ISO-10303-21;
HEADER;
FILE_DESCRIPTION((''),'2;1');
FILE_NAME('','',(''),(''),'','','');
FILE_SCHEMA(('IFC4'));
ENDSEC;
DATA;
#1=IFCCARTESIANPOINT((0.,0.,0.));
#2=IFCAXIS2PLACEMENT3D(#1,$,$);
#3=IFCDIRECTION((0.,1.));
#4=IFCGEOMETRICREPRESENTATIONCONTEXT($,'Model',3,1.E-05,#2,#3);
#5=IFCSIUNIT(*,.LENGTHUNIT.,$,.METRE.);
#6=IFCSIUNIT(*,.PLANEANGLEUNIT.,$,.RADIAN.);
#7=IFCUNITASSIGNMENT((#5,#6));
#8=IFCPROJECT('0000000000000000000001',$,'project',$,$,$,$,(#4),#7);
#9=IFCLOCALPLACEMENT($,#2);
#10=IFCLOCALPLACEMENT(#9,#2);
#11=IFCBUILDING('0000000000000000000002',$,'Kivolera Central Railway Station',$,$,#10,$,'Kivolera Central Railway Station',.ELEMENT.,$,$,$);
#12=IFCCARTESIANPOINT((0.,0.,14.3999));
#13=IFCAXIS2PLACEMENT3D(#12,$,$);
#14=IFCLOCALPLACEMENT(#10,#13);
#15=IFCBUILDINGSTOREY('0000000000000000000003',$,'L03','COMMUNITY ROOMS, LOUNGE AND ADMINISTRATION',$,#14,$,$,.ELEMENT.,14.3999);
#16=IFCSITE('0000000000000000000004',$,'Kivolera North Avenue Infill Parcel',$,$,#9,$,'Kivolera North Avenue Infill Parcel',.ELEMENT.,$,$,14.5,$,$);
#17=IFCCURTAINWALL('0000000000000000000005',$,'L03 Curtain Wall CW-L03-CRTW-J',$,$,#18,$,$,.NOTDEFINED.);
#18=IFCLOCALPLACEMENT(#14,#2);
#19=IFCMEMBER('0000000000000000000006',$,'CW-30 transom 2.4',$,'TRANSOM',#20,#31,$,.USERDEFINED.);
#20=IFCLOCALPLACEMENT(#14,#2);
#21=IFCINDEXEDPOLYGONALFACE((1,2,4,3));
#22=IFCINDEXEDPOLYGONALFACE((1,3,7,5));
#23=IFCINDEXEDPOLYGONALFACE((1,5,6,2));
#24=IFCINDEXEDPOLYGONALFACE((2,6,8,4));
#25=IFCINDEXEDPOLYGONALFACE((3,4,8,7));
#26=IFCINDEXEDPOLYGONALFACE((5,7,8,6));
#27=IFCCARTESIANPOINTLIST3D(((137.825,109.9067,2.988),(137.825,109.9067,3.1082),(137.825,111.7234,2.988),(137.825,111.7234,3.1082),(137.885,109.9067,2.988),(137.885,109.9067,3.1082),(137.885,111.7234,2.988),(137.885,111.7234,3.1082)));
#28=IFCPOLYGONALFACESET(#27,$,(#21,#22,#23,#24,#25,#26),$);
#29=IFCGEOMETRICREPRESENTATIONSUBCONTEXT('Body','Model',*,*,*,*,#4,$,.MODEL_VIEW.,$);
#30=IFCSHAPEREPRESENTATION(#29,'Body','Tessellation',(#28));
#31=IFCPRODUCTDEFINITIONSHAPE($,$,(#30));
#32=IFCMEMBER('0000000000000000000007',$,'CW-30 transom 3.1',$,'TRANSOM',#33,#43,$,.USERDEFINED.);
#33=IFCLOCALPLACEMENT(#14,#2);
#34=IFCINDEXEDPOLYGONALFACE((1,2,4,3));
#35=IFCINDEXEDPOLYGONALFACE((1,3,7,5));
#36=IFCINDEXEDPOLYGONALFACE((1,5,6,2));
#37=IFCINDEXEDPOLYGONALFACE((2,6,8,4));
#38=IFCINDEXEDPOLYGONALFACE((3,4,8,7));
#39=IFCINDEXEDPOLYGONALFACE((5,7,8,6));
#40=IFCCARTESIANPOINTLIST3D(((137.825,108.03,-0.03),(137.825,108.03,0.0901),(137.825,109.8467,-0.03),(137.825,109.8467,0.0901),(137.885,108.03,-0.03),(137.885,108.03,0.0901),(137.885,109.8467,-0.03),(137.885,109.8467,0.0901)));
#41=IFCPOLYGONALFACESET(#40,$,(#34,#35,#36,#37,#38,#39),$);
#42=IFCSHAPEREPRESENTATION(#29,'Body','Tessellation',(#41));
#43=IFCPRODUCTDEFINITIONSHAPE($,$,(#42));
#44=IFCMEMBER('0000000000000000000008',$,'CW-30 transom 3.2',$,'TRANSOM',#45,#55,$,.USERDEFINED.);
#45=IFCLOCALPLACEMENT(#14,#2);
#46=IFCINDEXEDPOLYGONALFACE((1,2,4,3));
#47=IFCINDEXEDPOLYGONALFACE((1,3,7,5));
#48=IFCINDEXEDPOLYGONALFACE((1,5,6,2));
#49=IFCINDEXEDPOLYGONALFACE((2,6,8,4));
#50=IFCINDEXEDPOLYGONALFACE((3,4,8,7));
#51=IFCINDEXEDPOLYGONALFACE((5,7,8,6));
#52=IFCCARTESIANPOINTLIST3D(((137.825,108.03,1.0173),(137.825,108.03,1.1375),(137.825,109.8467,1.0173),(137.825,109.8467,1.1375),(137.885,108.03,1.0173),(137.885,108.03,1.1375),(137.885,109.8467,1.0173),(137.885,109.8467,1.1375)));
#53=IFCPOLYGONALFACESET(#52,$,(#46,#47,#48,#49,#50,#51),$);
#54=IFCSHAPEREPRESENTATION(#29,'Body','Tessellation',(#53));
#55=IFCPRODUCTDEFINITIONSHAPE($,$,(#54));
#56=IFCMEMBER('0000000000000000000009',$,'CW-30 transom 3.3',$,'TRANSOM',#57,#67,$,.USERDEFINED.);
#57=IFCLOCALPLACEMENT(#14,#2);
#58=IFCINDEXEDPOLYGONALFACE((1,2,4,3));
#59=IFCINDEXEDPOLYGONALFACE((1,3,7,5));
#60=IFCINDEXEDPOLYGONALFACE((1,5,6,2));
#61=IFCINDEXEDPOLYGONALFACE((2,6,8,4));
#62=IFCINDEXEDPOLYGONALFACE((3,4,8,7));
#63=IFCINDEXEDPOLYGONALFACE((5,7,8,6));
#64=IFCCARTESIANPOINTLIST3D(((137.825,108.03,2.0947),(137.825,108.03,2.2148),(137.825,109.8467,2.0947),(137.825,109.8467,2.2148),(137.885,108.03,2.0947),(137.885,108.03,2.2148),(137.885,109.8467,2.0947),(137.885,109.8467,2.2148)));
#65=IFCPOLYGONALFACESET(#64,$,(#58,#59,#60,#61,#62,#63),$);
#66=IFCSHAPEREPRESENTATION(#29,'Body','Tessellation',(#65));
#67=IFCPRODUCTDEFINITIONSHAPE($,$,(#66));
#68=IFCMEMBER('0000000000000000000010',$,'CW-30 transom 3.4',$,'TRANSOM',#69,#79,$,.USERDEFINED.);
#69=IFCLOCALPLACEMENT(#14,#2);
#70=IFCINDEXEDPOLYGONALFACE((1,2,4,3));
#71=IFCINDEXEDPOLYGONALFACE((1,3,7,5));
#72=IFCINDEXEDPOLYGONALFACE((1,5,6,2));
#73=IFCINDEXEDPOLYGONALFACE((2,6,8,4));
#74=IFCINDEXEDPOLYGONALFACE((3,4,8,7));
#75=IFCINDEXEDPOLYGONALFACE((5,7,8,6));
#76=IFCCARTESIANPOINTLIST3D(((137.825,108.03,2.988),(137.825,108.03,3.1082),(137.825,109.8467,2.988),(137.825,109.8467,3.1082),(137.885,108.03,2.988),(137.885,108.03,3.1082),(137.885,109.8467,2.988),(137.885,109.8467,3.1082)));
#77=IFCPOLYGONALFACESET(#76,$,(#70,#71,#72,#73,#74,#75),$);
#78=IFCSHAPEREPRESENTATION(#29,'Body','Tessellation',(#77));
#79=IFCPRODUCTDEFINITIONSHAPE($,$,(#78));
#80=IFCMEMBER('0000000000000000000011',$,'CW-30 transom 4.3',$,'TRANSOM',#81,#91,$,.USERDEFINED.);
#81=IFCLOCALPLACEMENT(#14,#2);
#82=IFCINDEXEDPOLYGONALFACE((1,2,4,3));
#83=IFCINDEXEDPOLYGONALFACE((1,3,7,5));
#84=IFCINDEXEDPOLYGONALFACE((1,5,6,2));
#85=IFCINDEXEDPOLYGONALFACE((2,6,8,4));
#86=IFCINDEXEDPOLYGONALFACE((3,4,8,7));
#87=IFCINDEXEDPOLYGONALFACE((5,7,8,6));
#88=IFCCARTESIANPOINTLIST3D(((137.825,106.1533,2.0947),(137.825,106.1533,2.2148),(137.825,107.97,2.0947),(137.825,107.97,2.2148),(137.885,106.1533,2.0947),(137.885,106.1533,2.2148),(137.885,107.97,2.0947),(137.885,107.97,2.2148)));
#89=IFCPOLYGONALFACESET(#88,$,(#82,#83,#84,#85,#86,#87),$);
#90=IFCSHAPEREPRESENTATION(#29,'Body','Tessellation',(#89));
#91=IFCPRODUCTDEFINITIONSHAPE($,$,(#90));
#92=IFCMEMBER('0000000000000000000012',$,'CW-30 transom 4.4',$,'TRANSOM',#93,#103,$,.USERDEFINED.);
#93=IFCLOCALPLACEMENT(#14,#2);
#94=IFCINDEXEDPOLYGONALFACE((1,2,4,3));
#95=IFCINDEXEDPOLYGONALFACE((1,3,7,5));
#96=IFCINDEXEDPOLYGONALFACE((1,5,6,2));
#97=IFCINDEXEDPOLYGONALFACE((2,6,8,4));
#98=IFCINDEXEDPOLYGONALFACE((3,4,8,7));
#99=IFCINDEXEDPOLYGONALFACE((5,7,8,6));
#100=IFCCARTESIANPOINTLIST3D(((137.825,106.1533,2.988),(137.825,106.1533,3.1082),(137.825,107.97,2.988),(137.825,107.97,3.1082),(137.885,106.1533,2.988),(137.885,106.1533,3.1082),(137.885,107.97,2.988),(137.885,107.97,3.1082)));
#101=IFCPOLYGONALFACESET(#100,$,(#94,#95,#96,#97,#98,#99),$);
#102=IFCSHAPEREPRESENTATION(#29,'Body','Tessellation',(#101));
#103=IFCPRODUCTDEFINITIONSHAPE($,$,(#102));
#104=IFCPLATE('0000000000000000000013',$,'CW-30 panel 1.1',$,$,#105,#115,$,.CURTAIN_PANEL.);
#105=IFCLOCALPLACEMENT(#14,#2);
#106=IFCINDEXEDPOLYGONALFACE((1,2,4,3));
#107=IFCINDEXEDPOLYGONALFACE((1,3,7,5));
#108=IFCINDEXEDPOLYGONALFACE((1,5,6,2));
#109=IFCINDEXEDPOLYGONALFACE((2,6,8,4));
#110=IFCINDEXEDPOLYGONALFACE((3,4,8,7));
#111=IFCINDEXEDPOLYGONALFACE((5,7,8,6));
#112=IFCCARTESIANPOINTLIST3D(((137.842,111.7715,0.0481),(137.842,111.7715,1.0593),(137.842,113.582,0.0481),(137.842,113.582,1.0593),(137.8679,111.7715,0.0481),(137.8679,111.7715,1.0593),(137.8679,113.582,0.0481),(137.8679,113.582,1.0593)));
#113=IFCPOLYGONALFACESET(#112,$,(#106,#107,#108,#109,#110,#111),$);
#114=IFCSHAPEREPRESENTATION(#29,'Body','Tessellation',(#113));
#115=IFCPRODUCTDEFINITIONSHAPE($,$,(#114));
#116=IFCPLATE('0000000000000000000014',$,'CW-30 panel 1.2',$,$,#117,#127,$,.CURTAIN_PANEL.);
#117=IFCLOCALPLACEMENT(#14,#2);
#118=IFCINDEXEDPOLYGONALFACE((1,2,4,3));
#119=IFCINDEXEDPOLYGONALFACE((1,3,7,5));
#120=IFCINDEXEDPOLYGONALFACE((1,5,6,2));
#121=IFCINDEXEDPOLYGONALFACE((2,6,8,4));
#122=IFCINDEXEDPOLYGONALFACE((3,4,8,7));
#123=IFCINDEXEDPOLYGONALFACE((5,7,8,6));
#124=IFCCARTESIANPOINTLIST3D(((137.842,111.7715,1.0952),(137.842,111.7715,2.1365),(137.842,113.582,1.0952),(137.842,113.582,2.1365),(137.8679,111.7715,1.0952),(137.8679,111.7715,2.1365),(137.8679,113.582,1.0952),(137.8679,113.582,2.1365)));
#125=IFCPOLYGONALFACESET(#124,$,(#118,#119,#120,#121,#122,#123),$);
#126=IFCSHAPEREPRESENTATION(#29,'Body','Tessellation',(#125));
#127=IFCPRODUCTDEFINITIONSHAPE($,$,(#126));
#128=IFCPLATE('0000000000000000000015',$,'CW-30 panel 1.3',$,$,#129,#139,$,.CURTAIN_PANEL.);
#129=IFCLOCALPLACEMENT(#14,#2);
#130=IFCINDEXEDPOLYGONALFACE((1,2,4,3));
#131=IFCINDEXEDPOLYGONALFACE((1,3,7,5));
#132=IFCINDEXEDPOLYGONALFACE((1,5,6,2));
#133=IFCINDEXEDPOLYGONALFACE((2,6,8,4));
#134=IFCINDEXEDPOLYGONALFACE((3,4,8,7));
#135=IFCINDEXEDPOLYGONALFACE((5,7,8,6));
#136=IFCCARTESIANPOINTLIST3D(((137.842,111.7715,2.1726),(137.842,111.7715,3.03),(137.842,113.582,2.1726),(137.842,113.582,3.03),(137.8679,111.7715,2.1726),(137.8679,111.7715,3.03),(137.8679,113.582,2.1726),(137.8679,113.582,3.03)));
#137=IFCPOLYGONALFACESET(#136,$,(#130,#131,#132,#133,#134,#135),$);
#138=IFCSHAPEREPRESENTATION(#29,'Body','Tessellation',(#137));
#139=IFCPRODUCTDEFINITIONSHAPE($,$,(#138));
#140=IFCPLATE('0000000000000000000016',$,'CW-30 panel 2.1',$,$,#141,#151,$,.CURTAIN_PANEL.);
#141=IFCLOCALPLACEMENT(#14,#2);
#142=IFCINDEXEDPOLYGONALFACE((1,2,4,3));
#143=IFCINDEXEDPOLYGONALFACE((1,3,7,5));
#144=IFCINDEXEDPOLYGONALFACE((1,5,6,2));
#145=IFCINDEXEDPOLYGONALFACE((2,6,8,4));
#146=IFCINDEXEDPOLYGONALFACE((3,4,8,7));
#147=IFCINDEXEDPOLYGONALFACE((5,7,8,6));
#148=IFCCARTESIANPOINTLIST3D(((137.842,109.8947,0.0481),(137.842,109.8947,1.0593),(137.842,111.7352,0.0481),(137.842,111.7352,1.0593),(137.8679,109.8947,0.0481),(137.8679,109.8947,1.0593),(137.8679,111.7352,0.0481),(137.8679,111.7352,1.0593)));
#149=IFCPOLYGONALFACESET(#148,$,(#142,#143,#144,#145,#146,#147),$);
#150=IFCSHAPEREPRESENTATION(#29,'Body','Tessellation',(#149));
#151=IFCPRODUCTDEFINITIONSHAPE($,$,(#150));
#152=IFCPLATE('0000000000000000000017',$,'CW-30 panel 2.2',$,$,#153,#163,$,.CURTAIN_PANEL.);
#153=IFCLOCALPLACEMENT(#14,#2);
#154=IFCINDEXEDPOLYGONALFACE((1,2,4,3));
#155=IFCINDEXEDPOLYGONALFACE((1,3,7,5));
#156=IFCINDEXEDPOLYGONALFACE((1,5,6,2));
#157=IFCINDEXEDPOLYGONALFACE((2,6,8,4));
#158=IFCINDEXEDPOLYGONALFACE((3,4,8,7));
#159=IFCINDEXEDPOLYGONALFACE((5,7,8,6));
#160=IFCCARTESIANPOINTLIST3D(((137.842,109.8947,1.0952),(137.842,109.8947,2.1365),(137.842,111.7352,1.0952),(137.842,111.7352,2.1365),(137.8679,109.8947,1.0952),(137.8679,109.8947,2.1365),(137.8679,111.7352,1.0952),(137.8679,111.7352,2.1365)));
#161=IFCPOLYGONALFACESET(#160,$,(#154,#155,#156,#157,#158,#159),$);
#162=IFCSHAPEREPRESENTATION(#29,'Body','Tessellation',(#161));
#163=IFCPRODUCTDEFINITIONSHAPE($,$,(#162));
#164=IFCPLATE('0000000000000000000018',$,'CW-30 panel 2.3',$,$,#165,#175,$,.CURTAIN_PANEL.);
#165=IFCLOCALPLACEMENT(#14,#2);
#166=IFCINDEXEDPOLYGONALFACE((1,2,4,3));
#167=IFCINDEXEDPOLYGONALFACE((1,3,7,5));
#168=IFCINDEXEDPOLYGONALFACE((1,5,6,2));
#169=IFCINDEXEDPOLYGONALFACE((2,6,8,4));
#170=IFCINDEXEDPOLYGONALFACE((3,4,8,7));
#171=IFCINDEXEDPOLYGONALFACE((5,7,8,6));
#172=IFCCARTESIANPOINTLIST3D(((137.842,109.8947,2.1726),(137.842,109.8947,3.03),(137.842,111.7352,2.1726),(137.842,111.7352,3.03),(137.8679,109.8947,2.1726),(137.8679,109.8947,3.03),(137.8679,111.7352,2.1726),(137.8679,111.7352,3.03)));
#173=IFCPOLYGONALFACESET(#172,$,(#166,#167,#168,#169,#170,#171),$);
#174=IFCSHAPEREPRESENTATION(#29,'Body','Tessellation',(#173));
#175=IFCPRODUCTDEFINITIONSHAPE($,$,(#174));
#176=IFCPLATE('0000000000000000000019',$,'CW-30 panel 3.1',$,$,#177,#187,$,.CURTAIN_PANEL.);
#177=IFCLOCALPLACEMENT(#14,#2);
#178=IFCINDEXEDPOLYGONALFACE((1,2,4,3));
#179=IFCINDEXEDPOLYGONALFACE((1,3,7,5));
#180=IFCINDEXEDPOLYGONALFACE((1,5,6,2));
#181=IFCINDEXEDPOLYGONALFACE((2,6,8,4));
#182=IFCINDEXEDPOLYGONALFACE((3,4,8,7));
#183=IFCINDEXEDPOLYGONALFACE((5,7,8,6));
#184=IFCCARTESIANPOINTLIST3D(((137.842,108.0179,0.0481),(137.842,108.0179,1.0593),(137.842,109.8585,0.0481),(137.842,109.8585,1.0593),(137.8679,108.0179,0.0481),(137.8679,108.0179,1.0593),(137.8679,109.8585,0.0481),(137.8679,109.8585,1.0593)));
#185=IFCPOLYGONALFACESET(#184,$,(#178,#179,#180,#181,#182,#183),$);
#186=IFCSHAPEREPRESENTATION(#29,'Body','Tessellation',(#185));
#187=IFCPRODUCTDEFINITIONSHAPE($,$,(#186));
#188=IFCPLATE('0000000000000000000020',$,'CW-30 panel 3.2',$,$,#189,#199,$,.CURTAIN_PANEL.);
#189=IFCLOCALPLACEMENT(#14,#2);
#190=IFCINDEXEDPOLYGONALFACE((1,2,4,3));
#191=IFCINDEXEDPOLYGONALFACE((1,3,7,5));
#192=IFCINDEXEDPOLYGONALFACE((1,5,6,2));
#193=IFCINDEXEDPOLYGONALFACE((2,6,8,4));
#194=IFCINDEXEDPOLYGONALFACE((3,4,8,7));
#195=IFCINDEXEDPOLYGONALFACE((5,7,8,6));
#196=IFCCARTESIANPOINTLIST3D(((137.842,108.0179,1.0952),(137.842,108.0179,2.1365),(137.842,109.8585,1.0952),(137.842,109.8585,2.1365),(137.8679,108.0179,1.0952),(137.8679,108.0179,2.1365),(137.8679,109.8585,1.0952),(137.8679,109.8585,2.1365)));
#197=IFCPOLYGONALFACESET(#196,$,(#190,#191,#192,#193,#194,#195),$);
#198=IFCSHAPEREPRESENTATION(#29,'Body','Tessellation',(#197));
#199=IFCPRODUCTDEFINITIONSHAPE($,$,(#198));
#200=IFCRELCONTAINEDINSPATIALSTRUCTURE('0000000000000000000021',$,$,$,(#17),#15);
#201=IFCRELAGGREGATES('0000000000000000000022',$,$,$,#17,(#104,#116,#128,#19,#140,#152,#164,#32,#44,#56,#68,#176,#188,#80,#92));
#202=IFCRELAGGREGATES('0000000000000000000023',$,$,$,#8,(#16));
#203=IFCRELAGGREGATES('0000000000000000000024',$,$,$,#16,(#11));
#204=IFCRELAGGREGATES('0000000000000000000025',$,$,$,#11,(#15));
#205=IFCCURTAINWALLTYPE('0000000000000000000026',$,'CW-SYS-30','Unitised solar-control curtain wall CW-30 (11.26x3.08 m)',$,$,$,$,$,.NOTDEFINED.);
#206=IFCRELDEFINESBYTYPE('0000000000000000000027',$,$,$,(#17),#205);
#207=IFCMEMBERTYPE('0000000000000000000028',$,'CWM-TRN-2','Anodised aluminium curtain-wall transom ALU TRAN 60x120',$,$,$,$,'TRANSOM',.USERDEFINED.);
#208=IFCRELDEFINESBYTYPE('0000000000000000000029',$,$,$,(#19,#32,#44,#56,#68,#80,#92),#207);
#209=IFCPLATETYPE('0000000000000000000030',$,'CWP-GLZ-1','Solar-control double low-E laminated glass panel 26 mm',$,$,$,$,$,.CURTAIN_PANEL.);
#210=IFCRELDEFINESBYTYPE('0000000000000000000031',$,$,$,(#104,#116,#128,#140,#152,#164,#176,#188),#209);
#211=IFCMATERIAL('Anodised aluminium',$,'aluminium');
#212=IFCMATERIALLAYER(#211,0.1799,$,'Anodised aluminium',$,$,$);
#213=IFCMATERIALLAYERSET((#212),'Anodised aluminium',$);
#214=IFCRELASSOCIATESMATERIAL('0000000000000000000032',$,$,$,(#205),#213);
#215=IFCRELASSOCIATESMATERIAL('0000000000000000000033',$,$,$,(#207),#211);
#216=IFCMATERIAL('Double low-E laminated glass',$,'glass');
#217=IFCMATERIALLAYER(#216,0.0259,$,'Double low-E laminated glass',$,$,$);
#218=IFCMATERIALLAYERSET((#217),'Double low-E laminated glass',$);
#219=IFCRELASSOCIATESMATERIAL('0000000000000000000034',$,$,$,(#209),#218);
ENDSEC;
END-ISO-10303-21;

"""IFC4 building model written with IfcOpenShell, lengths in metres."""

from ifc_helpers import new_model, si_unit, direction, frame, origin, origin_2d, place, context, subcontext, project, spatial, rectangle, extrude, material, layer, layer_set, material_profile, profile_set, type_object, element, aggregate, save


model = new_model("IFC4")

# Units and contexts
model_context = context("Model", 3, precision=1e-05, world=origin(), true_north=direction((0.0, 1.0)))
body_context = subcontext(model_context, "Body", "Model", "MODEL_VIEW")
ifc_project = project(units=[si_unit("LENGTHUNIT", "METRE"), si_unit("PLANEANGLEUNIT", "RADIAN")], contexts=[model_context])

# Site, building, storey
site_placement = place(None, origin())
site = spatial("IfcSite", under=ifc_project, at=site_placement, Name="Kivolera North Avenue Infill Parcel", LongName="Kivolera North Avenue Infill Parcel", CompositionType="ELEMENT", RefElevation=14.5)
building_placement = place(site_placement, origin())
building = spatial("IfcBuilding", under=site, at=building_placement, Name="Kivolera Central Railway Station", LongName="Kivolera Central Railway Station", CompositionType="ELEMENT")
storey_placement = place(building_placement, frame((0.0, 0.0, 14.3999)))
storey = spatial("IfcBuildingStorey", under=building, at=storey_placement, Name="L03", Description="COMMUNITY ROOMS, LOUNGE AND ADMINISTRATION", CompositionType="ELEMENT", Elevation=14.3999)

# Shared definitions
ifc_material_1 = material(Name="Anodised aluminium", Category="aluminium")

# Curtain wall, members, plates
ifc_layer_1 = layer(ifc_material_1, 0.1799, Name="Anodised aluminium")
ifc_layer_set_1 = layer_set([ifc_layer_1], Name="Anodised aluminium")
curtain_wall_type_1 = type_object("IfcCurtainWallType", Name="CW-SYS-30", Description="Unitised solar-control curtain wall CW-30 (11.26x3.08 m)", PredefinedType="NOTDEFINED", material=ifc_layer_set_1)
curtain_wall_1_placement = place(storey_placement, origin())
curtain_wall_1 = element("IfcCurtainWall", 1, at=curtain_wall_1_placement, inside=storey, type_object=curtain_wall_type_1, Name="L03 Curtain Wall CW-L03-CRTW-J", PredefinedType="NOTDEFINED")
ifc_material_profile_1 = material_profile(ifc_material_1, rectangle(XDim=0.0601, YDim=0.1201, at=origin_2d()), Name="ALU TRAN 60x120")
ifc_profile_set_1 = profile_set([ifc_material_profile_1], Name="Anodised aluminium")
member_type_1 = type_object("IfcMemberType", Name="CWM-TRN-2", Description="Anodised aluminium curtain-wall transom ALU TRAN 60x120", ElementType="TRANSOM", PredefinedType="USERDEFINED", material=ifc_profile_set_1)
member_1_placement = place(storey_placement, frame((137.855, 111.7234, 3.0481), z_axis=(0.0, -1.0, 0.0), x_axis=(1.0, 0.0, 0.0)))
member_1 = element("IfcMember", 2, at=member_1_placement, type_object=member_type_1, Name="CW-30 transom 2.4", ObjectType="TRANSOM", PredefinedType="USERDEFINED", context=body_context, shape_type="SweptSolid", body=[
    extrude(rectangle(XDim=0.0601, YDim=0.1201, at=origin_2d()), origin(), (0.0, 0.0, 1.0), 1.8167),
])
member_2_placement = place(storey_placement, frame((137.855, 109.8467, 0.03), z_axis=(0.0, -1.0, 0.0), x_axis=(1.0, 0.0, 0.0)))
member_2 = element("IfcMember", 3, at=member_2_placement, type_object=member_type_1, Name="CW-30 transom 3.1", ObjectType="TRANSOM", PredefinedType="USERDEFINED", context=body_context, shape_type="SweptSolid", body=[
    extrude(rectangle(XDim=0.0601, YDim=0.1201, at=origin_2d()), origin(), (0.0, 0.0, 1.0), 1.8167),
])
member_3_placement = place(storey_placement, frame((137.855, 109.8467, 1.0774), z_axis=(0.0, -1.0, 0.0), x_axis=(1.0, 0.0, 0.0)))
member_3 = element("IfcMember", 4, at=member_3_placement, type_object=member_type_1, Name="CW-30 transom 3.2", ObjectType="TRANSOM", PredefinedType="USERDEFINED", context=body_context, shape_type="SweptSolid", body=[
    extrude(rectangle(XDim=0.0601, YDim=0.1201, at=origin_2d()), origin(), (0.0, 0.0, 1.0), 1.8167),
])
member_4_placement = place(storey_placement, frame((137.855, 109.8467, 2.1548), z_axis=(0.0, -1.0, 0.0), x_axis=(1.0, 0.0, 0.0)))
member_4 = element("IfcMember", 5, at=member_4_placement, type_object=member_type_1, Name="CW-30 transom 3.3", ObjectType="TRANSOM", PredefinedType="USERDEFINED", context=body_context, shape_type="SweptSolid", body=[
    extrude(rectangle(XDim=0.0601, YDim=0.1201, at=origin_2d()), origin(), (0.0, 0.0, 1.0), 1.8167),
])
member_5_placement = place(storey_placement, frame((137.855, 109.8467, 3.0481), z_axis=(0.0, -1.0, 0.0), x_axis=(1.0, 0.0, 0.0)))
member_5 = element("IfcMember", 6, at=member_5_placement, type_object=member_type_1, Name="CW-30 transom 3.4", ObjectType="TRANSOM", PredefinedType="USERDEFINED", context=body_context, shape_type="SweptSolid", body=[
    extrude(rectangle(XDim=0.0601, YDim=0.1201, at=origin_2d()), origin(), (0.0, 0.0, 1.0), 1.8167),
])
member_6_placement = place(storey_placement, frame((137.855, 107.97, 2.1548), z_axis=(0.0, -1.0, 0.0), x_axis=(1.0, 0.0, 0.0)))
member_6 = element("IfcMember", 7, at=member_6_placement, type_object=member_type_1, Name="CW-30 transom 4.3", ObjectType="TRANSOM", PredefinedType="USERDEFINED", context=body_context, shape_type="SweptSolid", body=[
    extrude(rectangle(XDim=0.0601, YDim=0.1201, at=origin_2d()), origin(), (0.0, 0.0, 1.0), 1.8167),
])
member_7_placement = place(storey_placement, frame((137.855, 107.97, 3.0481), z_axis=(0.0, -1.0, 0.0), x_axis=(1.0, 0.0, 0.0)))
member_7 = element("IfcMember", 8, at=member_7_placement, type_object=member_type_1, Name="CW-30 transom 4.4", ObjectType="TRANSOM", PredefinedType="USERDEFINED", context=body_context, shape_type="SweptSolid", body=[
    extrude(rectangle(XDim=0.0601, YDim=0.1201, at=origin_2d()), origin(), (0.0, 0.0, 1.0), 1.8167),
])
ifc_material_2 = material(Name="Double low-E laminated glass", Category="glass")
ifc_layer_2 = layer(ifc_material_2, 0.0259, Name="Double low-E laminated glass")
ifc_layer_set_2 = layer_set([ifc_layer_2], Name="Double low-E laminated glass")
plate_type_1 = type_object("IfcPlateType", Name="CWP-GLZ-1", Description="Solar-control double low-E laminated glass panel 26 mm", PredefinedType="CURTAIN_PANEL", material=ifc_layer_set_2)
plate_1_placement = place(storey_placement, frame((137.855, 112.6768, 0.0481), z_axis=(0.0, 0.0, 1.0), x_axis=(0.0, -1.0, 0.0)))
plate_1 = element("IfcPlate", 9, at=plate_1_placement, type_object=plate_type_1, Name="CW-30 panel 1.1", PredefinedType="CURTAIN_PANEL", context=body_context, shape_type="SweptSolid", body=[
    extrude(rectangle(XDim=1.8105, YDim=0.0259, at=origin_2d()), origin(), (0.0, 0.0, 1.0), 1.0112),
])
plate_2_placement = place(storey_placement, frame((137.855, 112.6768, 1.0952), z_axis=(0.0, 0.0, 1.0), x_axis=(0.0, -1.0, 0.0)))
plate_2 = element("IfcPlate", 10, at=plate_2_placement, type_object=plate_type_1, Name="CW-30 panel 1.2", PredefinedType="CURTAIN_PANEL", context=body_context, shape_type="SweptSolid", body=[
    extrude(rectangle(XDim=1.8105, YDim=0.0259, at=origin_2d()), origin(), (0.0, 0.0, 1.0), 1.0413),
])
plate_3_placement = place(storey_placement, frame((137.855, 112.6768, 2.1726), z_axis=(0.0, 0.0, 1.0), x_axis=(0.0, -1.0, 0.0)))
plate_3 = element("IfcPlate", 11, at=plate_3_placement, type_object=plate_type_1, Name="CW-30 panel 1.3", PredefinedType="CURTAIN_PANEL", context=body_context, shape_type="SweptSolid", body=[
    extrude(rectangle(XDim=1.8105, YDim=0.0259, at=origin_2d()), origin(), (0.0, 0.0, 1.0), 0.8574),
])
plate_4_placement = place(storey_placement, frame((137.855, 110.8149, 0.0481), z_axis=(0.0, 0.0, 1.0), x_axis=(0.0, -1.0, 0.0)))
plate_4 = element("IfcPlate", 12, at=plate_4_placement, type_object=plate_type_1, Name="CW-30 panel 2.1", PredefinedType="CURTAIN_PANEL", context=body_context, shape_type="SweptSolid", body=[
    extrude(rectangle(XDim=1.8406, YDim=0.0259, at=origin_2d()), origin(), (0.0, 0.0, 1.0), 1.0112),
])
plate_5_placement = place(storey_placement, frame((137.855, 110.8149, 1.0952), z_axis=(0.0, 0.0, 1.0), x_axis=(0.0, -1.0, 0.0)))
plate_5 = element("IfcPlate", 13, at=plate_5_placement, type_object=plate_type_1, Name="CW-30 panel 2.2", PredefinedType="CURTAIN_PANEL", context=body_context, shape_type="SweptSolid", body=[
    extrude(rectangle(XDim=1.8406, YDim=0.0259, at=origin_2d()), origin(), (0.0, 0.0, 1.0), 1.0413),
])
plate_6_placement = place(storey_placement, frame((137.855, 110.8149, 2.1726), z_axis=(0.0, 0.0, 1.0), x_axis=(0.0, -1.0, 0.0)))
plate_6 = element("IfcPlate", 14, at=plate_6_placement, type_object=plate_type_1, Name="CW-30 panel 2.3", PredefinedType="CURTAIN_PANEL", context=body_context, shape_type="SweptSolid", body=[
    extrude(rectangle(XDim=1.8406, YDim=0.0259, at=origin_2d()), origin(), (0.0, 0.0, 1.0), 0.8574),
])
plate_7_placement = place(storey_placement, frame((137.855, 108.9382, 0.0481), z_axis=(0.0, 0.0, 1.0), x_axis=(0.0, -1.0, 0.0)))
plate_7 = element("IfcPlate", 15, at=plate_7_placement, type_object=plate_type_1, Name="CW-30 panel 3.1", PredefinedType="CURTAIN_PANEL", context=body_context, shape_type="SweptSolid", body=[
    extrude(rectangle(XDim=1.8406, YDim=0.0259, at=origin_2d()), origin(), (0.0, 0.0, 1.0), 1.0112),
])
plate_8_placement = place(storey_placement, frame((137.855, 108.9382, 1.0952), z_axis=(0.0, 0.0, 1.0), x_axis=(0.0, -1.0, 0.0)))
plate_8 = element("IfcPlate", 16, at=plate_8_placement, type_object=plate_type_1, Name="CW-30 panel 3.2", PredefinedType="CURTAIN_PANEL", context=body_context, shape_type="SweptSolid", body=[
    extrude(rectangle(XDim=1.8406, YDim=0.0259, at=origin_2d()), origin(), (0.0, 0.0, 1.0), 1.0413),
])
aggregate(curtain_wall_1, [plate_1, plate_2, plate_3, member_1, plate_4, plate_5, plate_6, member_2, member_3, member_4, member_5, plate_7, plate_8, member_6, member_7])

save(model, "model.ifc")
